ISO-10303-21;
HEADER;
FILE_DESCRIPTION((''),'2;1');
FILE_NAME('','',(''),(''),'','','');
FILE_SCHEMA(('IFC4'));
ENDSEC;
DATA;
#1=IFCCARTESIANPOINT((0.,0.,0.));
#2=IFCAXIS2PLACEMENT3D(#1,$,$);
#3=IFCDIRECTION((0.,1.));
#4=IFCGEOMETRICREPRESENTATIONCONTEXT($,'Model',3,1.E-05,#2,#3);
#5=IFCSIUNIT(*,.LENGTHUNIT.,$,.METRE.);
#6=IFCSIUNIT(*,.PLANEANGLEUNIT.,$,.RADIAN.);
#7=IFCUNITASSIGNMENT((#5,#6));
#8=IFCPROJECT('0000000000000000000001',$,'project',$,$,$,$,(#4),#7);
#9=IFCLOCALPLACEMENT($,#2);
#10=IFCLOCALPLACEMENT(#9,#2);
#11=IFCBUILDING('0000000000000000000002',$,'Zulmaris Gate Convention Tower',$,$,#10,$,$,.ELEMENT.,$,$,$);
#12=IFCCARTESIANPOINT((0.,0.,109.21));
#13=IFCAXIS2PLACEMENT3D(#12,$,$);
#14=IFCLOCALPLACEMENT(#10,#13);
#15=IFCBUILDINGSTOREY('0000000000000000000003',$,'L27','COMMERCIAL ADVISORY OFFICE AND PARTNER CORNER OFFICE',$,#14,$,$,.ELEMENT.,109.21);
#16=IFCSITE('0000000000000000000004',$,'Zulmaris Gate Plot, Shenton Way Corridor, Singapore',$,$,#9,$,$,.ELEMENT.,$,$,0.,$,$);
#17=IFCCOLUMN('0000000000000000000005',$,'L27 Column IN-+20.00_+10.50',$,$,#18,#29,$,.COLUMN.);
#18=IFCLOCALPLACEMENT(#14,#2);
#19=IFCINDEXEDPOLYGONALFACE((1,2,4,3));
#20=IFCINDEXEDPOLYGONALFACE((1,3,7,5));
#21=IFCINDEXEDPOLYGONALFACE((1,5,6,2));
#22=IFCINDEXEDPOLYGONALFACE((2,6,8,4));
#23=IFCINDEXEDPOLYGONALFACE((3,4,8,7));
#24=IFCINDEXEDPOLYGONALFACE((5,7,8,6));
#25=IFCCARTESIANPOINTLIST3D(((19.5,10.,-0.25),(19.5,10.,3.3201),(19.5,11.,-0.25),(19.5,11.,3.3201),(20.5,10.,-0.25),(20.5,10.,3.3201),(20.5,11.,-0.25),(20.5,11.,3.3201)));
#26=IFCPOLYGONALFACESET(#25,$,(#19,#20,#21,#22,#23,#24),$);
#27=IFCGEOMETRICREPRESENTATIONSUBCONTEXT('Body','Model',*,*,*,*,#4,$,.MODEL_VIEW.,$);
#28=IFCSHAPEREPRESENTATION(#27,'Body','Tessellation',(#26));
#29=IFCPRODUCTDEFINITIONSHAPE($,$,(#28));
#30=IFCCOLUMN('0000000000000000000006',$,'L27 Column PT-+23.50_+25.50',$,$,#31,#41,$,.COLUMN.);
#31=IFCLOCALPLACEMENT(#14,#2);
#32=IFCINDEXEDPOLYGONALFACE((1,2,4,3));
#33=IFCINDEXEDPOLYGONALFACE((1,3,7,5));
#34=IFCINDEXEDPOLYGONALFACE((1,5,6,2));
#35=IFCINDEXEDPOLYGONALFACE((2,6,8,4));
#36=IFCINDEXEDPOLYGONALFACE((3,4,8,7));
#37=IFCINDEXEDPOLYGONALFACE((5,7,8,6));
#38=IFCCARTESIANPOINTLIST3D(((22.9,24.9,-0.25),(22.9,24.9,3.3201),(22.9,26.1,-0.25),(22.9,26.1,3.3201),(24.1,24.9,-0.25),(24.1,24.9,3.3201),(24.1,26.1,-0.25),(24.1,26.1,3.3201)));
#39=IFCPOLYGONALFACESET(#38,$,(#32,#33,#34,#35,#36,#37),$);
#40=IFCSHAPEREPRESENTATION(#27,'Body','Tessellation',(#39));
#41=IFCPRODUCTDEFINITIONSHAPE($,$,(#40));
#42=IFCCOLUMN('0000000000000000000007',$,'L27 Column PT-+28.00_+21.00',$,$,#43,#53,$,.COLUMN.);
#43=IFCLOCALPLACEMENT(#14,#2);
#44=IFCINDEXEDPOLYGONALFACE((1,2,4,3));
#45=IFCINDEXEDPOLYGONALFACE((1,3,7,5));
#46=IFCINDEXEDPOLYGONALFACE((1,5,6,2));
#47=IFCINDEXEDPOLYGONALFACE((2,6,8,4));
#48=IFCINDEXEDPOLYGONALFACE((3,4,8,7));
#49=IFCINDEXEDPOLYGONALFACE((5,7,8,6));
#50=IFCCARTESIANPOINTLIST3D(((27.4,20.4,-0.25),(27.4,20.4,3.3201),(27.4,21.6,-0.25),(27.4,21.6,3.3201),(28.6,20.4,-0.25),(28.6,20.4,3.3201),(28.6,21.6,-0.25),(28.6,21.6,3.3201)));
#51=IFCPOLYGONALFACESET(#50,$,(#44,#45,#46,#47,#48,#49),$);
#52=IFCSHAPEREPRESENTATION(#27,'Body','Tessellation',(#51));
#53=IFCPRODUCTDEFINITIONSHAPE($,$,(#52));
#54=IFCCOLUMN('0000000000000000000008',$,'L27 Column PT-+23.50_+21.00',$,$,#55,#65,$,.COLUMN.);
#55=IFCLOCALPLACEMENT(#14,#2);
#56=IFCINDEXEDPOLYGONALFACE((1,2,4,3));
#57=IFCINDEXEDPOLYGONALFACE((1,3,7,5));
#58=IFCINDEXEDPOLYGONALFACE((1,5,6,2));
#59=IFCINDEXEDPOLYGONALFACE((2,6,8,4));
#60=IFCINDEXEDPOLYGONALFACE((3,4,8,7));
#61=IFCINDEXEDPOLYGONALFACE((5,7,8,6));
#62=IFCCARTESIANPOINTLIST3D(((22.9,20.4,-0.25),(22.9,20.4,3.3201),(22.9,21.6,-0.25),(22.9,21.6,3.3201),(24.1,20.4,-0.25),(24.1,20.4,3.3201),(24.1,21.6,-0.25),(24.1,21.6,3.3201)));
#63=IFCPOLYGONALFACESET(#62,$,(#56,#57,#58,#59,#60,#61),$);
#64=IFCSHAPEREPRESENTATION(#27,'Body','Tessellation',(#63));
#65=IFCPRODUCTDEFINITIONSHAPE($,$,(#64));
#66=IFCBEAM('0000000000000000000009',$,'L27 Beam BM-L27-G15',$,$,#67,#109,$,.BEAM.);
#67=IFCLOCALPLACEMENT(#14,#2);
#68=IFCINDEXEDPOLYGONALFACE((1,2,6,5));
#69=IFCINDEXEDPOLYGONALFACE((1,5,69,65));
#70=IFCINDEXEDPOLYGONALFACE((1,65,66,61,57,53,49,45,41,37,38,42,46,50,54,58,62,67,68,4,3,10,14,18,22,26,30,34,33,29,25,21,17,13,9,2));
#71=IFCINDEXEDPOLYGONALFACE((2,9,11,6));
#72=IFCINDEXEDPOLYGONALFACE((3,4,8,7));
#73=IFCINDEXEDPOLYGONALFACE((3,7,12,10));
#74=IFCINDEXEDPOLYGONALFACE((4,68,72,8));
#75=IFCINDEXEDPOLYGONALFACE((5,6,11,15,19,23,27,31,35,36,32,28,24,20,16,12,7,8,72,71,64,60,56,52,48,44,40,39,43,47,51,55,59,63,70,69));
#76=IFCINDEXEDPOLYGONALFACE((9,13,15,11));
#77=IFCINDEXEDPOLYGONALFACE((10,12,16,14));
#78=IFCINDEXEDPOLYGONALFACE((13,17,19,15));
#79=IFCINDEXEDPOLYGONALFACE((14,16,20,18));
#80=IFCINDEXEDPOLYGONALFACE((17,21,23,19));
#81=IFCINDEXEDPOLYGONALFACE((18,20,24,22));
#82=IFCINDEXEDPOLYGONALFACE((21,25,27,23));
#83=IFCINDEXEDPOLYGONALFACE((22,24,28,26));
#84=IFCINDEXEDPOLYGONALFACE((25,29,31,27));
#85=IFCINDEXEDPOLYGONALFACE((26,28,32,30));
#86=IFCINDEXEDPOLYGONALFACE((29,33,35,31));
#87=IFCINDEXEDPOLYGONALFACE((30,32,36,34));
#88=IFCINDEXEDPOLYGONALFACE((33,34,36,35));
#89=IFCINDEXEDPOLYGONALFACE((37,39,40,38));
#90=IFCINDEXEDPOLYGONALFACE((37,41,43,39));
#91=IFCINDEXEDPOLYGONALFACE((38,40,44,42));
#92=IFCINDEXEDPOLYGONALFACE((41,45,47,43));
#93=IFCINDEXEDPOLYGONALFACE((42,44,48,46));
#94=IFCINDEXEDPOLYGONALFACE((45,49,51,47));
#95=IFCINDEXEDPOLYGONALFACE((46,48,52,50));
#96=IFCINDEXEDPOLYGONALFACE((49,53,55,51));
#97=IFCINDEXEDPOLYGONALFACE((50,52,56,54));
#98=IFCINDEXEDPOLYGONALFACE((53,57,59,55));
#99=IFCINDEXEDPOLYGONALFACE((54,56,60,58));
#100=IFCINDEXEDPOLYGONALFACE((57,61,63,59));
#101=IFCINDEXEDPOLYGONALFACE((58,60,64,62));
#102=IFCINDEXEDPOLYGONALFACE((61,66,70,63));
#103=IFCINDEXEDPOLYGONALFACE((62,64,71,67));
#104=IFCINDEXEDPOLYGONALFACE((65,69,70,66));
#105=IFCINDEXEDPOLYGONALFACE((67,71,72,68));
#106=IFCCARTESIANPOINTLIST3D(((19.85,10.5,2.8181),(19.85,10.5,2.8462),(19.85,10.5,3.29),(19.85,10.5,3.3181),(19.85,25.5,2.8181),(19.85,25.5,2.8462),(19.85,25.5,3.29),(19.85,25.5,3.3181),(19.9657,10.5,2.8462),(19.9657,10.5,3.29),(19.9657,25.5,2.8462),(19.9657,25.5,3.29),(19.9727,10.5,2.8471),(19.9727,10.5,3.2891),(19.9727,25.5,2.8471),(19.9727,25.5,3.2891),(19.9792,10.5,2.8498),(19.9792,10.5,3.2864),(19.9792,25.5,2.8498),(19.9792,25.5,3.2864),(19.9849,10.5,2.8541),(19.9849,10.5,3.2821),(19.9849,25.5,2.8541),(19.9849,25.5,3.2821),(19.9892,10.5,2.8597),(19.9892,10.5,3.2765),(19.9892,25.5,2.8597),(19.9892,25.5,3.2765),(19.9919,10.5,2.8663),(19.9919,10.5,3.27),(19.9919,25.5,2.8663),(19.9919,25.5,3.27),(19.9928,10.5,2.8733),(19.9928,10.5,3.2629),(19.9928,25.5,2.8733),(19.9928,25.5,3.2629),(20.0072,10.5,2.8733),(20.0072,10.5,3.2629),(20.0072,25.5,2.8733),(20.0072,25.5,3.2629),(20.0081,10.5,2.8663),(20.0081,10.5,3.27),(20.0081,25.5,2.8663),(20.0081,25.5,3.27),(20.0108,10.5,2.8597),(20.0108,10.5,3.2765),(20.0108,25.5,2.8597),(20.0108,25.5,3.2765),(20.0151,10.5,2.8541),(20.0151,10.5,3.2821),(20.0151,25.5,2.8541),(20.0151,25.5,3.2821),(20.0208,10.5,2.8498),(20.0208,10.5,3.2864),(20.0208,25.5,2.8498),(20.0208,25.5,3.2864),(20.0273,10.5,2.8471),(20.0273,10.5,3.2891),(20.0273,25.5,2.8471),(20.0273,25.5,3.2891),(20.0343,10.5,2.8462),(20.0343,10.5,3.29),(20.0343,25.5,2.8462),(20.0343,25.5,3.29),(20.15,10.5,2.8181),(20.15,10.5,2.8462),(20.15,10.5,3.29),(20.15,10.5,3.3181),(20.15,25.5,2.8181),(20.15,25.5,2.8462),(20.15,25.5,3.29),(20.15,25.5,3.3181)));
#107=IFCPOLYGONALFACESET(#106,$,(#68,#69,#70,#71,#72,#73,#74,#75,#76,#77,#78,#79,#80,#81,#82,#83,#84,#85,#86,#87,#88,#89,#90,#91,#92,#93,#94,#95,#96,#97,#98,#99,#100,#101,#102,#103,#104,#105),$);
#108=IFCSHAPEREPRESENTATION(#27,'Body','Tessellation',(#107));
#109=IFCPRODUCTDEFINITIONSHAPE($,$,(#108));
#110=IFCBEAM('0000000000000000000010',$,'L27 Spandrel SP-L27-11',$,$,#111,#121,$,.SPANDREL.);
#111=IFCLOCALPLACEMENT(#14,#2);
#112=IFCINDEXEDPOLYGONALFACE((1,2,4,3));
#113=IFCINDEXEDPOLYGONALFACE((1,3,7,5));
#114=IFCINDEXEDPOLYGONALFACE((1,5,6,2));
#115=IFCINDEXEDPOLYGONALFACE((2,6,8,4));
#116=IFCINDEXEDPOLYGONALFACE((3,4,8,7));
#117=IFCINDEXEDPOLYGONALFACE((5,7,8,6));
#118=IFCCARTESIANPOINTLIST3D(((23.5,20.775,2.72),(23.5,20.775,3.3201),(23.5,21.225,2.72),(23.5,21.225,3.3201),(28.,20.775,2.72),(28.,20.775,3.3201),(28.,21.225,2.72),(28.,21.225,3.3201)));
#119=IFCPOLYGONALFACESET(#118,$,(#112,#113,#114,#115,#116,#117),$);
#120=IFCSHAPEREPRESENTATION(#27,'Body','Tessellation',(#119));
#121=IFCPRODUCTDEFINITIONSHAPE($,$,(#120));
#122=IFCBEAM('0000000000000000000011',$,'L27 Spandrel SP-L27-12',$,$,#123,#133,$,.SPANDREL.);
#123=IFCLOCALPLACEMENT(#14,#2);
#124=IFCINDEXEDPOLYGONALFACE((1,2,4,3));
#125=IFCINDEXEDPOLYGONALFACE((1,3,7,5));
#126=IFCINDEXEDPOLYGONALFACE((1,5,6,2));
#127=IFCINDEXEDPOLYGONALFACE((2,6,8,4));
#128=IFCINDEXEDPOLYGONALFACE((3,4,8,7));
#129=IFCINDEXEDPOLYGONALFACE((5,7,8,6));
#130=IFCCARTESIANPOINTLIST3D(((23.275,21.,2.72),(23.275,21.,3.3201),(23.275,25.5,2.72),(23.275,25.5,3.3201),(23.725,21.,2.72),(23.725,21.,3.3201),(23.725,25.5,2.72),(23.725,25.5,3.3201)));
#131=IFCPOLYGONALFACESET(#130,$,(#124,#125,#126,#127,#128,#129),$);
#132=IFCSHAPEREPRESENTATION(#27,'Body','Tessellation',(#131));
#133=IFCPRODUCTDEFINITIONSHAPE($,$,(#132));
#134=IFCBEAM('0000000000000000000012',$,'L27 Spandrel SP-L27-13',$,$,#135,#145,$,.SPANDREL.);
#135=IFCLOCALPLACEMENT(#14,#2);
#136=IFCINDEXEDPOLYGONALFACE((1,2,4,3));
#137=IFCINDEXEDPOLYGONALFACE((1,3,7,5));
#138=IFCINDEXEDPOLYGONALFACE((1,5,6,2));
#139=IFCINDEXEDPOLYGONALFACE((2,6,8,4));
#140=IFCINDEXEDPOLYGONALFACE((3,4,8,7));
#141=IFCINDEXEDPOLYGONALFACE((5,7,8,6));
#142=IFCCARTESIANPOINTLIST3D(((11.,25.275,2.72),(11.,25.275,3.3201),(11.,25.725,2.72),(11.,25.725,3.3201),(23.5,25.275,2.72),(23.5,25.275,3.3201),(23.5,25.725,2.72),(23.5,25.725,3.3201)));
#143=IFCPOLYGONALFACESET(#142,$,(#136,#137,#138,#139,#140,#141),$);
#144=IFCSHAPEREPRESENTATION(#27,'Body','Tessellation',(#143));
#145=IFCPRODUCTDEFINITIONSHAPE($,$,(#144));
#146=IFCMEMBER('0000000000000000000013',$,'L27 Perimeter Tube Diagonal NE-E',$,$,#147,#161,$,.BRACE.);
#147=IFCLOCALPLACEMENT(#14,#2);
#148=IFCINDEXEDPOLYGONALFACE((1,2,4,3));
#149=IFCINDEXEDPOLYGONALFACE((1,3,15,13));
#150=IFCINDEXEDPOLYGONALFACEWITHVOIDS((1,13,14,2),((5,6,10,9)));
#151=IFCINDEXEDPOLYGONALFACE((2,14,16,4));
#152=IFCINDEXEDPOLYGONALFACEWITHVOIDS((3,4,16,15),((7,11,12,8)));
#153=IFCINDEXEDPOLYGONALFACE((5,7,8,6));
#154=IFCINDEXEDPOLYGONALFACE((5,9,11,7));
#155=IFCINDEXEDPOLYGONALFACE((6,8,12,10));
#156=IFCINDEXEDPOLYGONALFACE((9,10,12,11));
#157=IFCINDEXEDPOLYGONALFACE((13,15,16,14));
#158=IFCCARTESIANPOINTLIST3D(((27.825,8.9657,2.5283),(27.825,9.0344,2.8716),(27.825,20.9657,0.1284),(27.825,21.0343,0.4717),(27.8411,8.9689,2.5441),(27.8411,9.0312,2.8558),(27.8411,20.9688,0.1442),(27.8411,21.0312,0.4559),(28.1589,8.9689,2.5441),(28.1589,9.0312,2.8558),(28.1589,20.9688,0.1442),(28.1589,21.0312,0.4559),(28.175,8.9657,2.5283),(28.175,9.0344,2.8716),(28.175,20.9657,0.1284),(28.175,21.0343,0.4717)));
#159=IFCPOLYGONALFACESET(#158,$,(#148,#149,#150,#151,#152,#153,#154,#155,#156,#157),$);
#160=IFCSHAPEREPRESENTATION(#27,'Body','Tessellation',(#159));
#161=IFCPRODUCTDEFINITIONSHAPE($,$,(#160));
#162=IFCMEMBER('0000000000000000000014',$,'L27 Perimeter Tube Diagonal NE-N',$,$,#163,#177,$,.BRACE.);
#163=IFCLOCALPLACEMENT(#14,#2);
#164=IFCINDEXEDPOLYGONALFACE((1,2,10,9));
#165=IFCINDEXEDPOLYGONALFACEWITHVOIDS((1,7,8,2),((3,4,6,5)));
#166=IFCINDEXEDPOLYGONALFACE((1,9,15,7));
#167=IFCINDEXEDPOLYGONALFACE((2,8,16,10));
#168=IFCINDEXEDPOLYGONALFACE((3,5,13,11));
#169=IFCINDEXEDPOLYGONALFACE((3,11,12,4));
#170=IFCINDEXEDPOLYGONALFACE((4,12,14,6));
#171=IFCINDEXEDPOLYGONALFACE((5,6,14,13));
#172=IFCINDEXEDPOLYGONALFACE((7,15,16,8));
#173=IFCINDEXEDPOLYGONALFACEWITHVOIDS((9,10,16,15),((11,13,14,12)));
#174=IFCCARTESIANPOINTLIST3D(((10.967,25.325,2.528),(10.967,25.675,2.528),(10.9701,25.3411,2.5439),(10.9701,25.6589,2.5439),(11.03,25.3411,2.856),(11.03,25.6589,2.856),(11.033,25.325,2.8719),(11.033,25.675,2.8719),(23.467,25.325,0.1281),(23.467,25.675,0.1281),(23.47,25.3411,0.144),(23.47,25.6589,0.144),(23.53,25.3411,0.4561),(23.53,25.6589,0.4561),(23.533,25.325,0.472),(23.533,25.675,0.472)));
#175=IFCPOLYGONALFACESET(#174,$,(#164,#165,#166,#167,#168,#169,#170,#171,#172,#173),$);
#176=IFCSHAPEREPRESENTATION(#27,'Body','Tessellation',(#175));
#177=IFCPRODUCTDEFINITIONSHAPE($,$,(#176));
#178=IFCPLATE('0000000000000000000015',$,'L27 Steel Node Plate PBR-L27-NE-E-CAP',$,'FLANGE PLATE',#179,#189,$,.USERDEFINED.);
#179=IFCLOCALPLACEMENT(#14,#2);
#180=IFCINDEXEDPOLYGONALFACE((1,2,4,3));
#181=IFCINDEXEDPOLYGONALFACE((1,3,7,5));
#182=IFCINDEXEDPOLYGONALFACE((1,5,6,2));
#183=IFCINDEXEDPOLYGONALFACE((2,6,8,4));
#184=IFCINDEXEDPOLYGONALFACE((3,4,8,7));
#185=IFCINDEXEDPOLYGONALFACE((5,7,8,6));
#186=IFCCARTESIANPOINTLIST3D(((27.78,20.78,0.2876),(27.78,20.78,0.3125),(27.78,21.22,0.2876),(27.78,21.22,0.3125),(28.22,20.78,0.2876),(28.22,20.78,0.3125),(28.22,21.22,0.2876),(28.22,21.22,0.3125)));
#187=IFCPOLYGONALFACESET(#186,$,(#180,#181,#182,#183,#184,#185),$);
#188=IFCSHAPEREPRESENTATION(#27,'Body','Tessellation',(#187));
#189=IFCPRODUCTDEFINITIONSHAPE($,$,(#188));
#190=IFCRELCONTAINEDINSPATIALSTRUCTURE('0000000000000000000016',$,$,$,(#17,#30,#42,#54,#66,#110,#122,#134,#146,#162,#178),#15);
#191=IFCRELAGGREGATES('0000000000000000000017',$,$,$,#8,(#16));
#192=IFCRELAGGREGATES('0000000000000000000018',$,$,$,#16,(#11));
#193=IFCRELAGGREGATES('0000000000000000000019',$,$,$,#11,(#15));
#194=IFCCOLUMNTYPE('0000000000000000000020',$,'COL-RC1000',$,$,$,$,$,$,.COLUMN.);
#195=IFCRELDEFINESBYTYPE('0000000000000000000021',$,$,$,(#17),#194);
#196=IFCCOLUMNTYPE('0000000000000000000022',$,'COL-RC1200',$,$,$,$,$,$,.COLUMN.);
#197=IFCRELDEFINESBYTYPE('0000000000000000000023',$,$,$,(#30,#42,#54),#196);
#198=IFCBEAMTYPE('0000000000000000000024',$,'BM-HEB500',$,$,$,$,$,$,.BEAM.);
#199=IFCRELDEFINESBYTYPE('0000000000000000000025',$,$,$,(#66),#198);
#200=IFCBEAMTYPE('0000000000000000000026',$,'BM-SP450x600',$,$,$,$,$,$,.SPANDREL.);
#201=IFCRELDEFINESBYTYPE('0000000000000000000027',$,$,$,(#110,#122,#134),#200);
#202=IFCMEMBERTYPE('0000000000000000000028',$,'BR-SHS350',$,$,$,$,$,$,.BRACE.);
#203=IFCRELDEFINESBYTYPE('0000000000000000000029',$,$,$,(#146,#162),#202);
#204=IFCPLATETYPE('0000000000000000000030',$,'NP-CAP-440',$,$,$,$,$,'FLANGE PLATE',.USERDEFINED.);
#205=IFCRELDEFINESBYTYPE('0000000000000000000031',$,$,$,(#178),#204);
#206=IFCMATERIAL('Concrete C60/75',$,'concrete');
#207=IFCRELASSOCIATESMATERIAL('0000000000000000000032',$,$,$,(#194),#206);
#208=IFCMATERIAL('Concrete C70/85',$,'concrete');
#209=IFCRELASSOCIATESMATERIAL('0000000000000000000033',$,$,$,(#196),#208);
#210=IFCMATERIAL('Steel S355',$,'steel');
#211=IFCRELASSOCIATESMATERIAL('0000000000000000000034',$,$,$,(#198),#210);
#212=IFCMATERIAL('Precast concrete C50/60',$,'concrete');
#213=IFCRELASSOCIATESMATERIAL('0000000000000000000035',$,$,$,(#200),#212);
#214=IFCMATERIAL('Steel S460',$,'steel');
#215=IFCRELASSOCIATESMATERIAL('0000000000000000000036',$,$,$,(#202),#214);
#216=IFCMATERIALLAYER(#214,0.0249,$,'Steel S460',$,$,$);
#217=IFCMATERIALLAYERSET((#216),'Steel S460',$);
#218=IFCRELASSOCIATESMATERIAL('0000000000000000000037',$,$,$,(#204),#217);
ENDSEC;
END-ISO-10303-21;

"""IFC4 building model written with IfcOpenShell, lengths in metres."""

from ifc_helpers import new_model, si_unit, direction, frame, origin, origin_2d, place, context, subcontext, project, spatial, rectangle, hollow_rectangle, i_section, extrude, material, layer, layer_set, material_profile, profile_set, type_object, element, save


model = new_model("IFC4")

# Units and contexts
model_context = context("Model", 3, precision=1e-05, world=origin(), true_north=direction((0.0, 1.0)))
body_context = subcontext(model_context, "Body", "Model", "MODEL_VIEW")
ifc_project = project(units=[si_unit("LENGTHUNIT", "METRE"), si_unit("PLANEANGLEUNIT", "RADIAN")], contexts=[model_context])

# Site, building, storey
site_placement = place(None, origin())
site = spatial("IfcSite", under=ifc_project, at=site_placement, Name="Zulmaris Gate Plot, Shenton Way Corridor, Singapore", CompositionType="ELEMENT", RefElevation=0.0)
building_placement = place(site_placement, origin())
building = spatial("IfcBuilding", under=site, at=building_placement, Name="Zulmaris Gate Convention Tower", CompositionType="ELEMENT")
storey_placement = place(building_placement, frame((0.0, 0.0, 109.21)))
storey = spatial("IfcBuildingStorey", under=building, at=storey_placement, Name="L27", Description="COMMERCIAL ADVISORY OFFICE AND PARTNER CORNER OFFICE", CompositionType="ELEMENT", Elevation=109.21)

# Columns
ifc_material_1 = material(Name="Concrete C60/75", Category="concrete")
ifc_material_profile_1 = material_profile(ifc_material_1, rectangle(XDim=1.0, YDim=1.0, at=origin_2d()), Name="RC COL 1000x1000")
ifc_profile_set_1 = profile_set([ifc_material_profile_1], Name="Concrete C60/75")
column_type_1 = type_object("IfcColumnType", Name="COL-RC1000", PredefinedType="COLUMN", material=ifc_profile_set_1)
column_placement = place(storey_placement, frame((20.0, 10.5, -0.25), z_axis=(0.0, 0.0, 1.0), x_axis=(1.0, 0.0, 0.0)))
element("IfcColumn", 1, at=column_placement, inside=storey, type_object=column_type_1, Name="L27 Column IN-+20.00_+10.50", PredefinedType="COLUMN", context=body_context, shape_type="SweptSolid", body=[
    extrude(rectangle(XDim=1.0, YDim=1.0, at=origin_2d()), origin(), (0.0, 0.0, 1.0), 3.5701),
])
ifc_material_2 = material(Name="Concrete C70/85", Category="concrete")
ifc_material_profile_2 = material_profile(ifc_material_2, rectangle(XDim=1.2, YDim=1.2, at=origin_2d()), Name="RC COL 1200x1200")
ifc_profile_set_2 = profile_set([ifc_material_profile_2], Name="Concrete C70/85")
column_type_2 = type_object("IfcColumnType", Name="COL-RC1200", PredefinedType="COLUMN", material=ifc_profile_set_2)
for number, where, z_axis, x_axis, name in (
    (2, (23.5, 25.5, -0.25), (0.0, 0.0, 1.0), (1.0, 0.0, 0.0), "L27 Column PT-+23.50_+25.50"),
    (3, (28.0, 21.0, -0.25), (0.0, 0.0, 1.0), (1.0, 0.0, 0.0), "L27 Column PT-+28.00_+21.00"),
    (4, (23.5, 21.0, -0.25), (0.0, 0.0, 1.0), (1.0, 0.0, 0.0), "L27 Column PT-+23.50_+21.00"),
):
    element("IfcColumn", number, at=place(storey_placement, frame(where, z_axis=z_axis, x_axis=x_axis)), inside=storey, type_object=column_type_2, Name=name, PredefinedType="COLUMN", context=body_context, shape_type="SweptSolid", body=[
        extrude(rectangle(XDim=1.2, YDim=1.2, at=origin_2d()), origin(), (0.0, 0.0, 1.0), 3.5701),
    ])

# Beams
ifc_material_3 = material(Name="Steel S355", Category="steel")
ifc_material_profile_3 = material_profile(ifc_material_3, i_section(OverallWidth=0.3, OverallDepth=0.5, WebThickness=0.0144, FlangeThickness=0.0281, FilletRadius=0.0271, at=origin_2d()), Name="HEB 500")
ifc_profile_set_3 = profile_set([ifc_material_profile_3], Name="Steel S355")
beam_type_1 = type_object("IfcBeamType", Name="BM-HEB500", PredefinedType="BEAM", material=ifc_profile_set_3)
beam_1_placement = place(storey_placement, frame((20.0, 10.5, 3.0681), z_axis=(0.0, 1.0, 0.0), x_axis=(-1.0, 0.0, 0.0)))
element("IfcBeam", 5, at=beam_1_placement, inside=storey, type_object=beam_type_1, Name="L27 Beam BM-L27-G15", PredefinedType="BEAM", context=body_context, shape_type="SweptSolid", body=[
    extrude(i_section(OverallWidth=0.3, OverallDepth=0.5, WebThickness=0.0144, FlangeThickness=0.0281, FilletRadius=0.0271, at=origin_2d()), origin(), (0.0, 0.0, 1.0), 15.0),
])
ifc_material_4 = material(Name="Precast concrete C50/60", Category="concrete")
ifc_material_profile_4 = material_profile(ifc_material_4, rectangle(XDim=0.45, YDim=0.6001, at=origin_2d()), Name="RC SPANDREL 450x600")
ifc_profile_set_4 = profile_set([ifc_material_profile_4], Name="Precast concrete C50/60")
beam_type_2 = type_object("IfcBeamType", Name="BM-SP450x600", PredefinedType="SPANDREL", material=ifc_profile_set_4)
for number, where, z_axis, x_axis, name in (
    (6, (28.0, 21.0, 3.02), (-1.0, 0.0, 0.0), (0.0, -1.0, 0.0), "L27 Spandrel SP-L27-11"),
    (7, (23.5, 21.0, 3.02), (0.0, 1.0, 0.0), (-1.0, 0.0, 0.0), "L27 Spandrel SP-L27-12"),
):
    element("IfcBeam", number, at=place(storey_placement, frame(where, z_axis=z_axis, x_axis=x_axis)), inside=storey, type_object=beam_type_2, Name=name, PredefinedType="SPANDREL", context=body_context, shape_type="SweptSolid", body=[
        extrude(rectangle(XDim=0.45, YDim=0.6001, at=origin_2d()), origin(), (0.0, 0.0, 1.0), 4.5),
    ])
beam_2_placement = place(storey_placement, frame((23.5, 25.5, 3.02), z_axis=(-1.0, 0.0, 0.0), x_axis=(0.0, -1.0, 0.0)))
element("IfcBeam", 8, at=beam_2_placement, inside=storey, type_object=beam_type_2, Name="L27 Spandrel SP-L27-13", PredefinedType="SPANDREL", context=body_context, shape_type="SweptSolid", body=[
    extrude(rectangle(XDim=0.45, YDim=0.6001, at=origin_2d()), origin(), (0.0, 0.0, 1.0), 12.5),
])

# Members
ifc_material_5 = material(Name="Steel S460", Category="steel")
ifc_material_profile_5 = material_profile(ifc_material_5, hollow_rectangle(XDim=0.3501, YDim=0.3501, WallThickness=0.0161, at=origin_2d()), Name="SHS 350x350x16")
ifc_profile_set_5 = profile_set([ifc_material_profile_5], Name="Steel S460")
member_type = type_object("IfcMemberType", Name="BR-SHS350", PredefinedType="BRACE", material=ifc_profile_set_5)
member_1_placement = place(storey_placement, frame((28.0, 21.0, 0.3), z_axis=(0.0, -0.980582, 0.196108), x_axis=(1.0, 0.0, 0.0)))
element("IfcMember", 9, at=member_1_placement, inside=storey, type_object=member_type, Name="L27 Perimeter Tube Diagonal NE-E", PredefinedType="BRACE", context=body_context, shape_type="SweptSolid", body=[
    extrude(hollow_rectangle(XDim=0.3501, YDim=0.3501, WallThickness=0.0161, at=origin_2d()), origin(), (0.0, 0.0, 1.0), 12.2375),
])
member_2_placement = place(storey_placement, frame((23.5, 25.5, 0.3), z_axis=(-0.982064, 0.0, 0.188549), x_axis=(0.0, -1.0, 0.0)))
element("IfcMember", 10, at=member_2_placement, inside=storey, type_object=member_type, Name="L27 Perimeter Tube Diagonal NE-N", PredefinedType="BRACE", context=body_context, shape_type="SweptSolid", body=[
    extrude(hollow_rectangle(XDim=0.3501, YDim=0.3501, WallThickness=0.0161, at=origin_2d()), origin(), (0.0, 0.0, 1.0), 12.7283),
])

# Plate
ifc_layer_1 = layer(ifc_material_5, 0.0249, Name="Steel S460")
ifc_layer_set_1 = layer_set([ifc_layer_1], Name="Steel S460")
plate_type = type_object("IfcPlateType", Name="NP-CAP-440", ElementType="FLANGE PLATE", PredefinedType="USERDEFINED", material=ifc_layer_set_1)
for number, where, z_axis, x_axis, name in (
    (11, (28.0, 21.0, 0.2876), (0.0, 0.0, 1.0), (1.0, 0.0, 0.0), "L27 Steel Node Plate PBR-L27-NE-E-CAP"),
):
    element("IfcPlate", number, at=place(storey_placement, frame(where, z_axis=z_axis, x_axis=x_axis)), inside=storey, type_object=plate_type, Name=name, ObjectType="FLANGE PLATE", PredefinedType="USERDEFINED", context=body_context, shape_type="SweptSolid", body=[
        extrude(rectangle(XDim=0.4399, YDim=0.4399, at=origin_2d()), origin(), (0.0, 0.0, 1.0), 0.0249),
    ])

save(model, "model.ifc")
